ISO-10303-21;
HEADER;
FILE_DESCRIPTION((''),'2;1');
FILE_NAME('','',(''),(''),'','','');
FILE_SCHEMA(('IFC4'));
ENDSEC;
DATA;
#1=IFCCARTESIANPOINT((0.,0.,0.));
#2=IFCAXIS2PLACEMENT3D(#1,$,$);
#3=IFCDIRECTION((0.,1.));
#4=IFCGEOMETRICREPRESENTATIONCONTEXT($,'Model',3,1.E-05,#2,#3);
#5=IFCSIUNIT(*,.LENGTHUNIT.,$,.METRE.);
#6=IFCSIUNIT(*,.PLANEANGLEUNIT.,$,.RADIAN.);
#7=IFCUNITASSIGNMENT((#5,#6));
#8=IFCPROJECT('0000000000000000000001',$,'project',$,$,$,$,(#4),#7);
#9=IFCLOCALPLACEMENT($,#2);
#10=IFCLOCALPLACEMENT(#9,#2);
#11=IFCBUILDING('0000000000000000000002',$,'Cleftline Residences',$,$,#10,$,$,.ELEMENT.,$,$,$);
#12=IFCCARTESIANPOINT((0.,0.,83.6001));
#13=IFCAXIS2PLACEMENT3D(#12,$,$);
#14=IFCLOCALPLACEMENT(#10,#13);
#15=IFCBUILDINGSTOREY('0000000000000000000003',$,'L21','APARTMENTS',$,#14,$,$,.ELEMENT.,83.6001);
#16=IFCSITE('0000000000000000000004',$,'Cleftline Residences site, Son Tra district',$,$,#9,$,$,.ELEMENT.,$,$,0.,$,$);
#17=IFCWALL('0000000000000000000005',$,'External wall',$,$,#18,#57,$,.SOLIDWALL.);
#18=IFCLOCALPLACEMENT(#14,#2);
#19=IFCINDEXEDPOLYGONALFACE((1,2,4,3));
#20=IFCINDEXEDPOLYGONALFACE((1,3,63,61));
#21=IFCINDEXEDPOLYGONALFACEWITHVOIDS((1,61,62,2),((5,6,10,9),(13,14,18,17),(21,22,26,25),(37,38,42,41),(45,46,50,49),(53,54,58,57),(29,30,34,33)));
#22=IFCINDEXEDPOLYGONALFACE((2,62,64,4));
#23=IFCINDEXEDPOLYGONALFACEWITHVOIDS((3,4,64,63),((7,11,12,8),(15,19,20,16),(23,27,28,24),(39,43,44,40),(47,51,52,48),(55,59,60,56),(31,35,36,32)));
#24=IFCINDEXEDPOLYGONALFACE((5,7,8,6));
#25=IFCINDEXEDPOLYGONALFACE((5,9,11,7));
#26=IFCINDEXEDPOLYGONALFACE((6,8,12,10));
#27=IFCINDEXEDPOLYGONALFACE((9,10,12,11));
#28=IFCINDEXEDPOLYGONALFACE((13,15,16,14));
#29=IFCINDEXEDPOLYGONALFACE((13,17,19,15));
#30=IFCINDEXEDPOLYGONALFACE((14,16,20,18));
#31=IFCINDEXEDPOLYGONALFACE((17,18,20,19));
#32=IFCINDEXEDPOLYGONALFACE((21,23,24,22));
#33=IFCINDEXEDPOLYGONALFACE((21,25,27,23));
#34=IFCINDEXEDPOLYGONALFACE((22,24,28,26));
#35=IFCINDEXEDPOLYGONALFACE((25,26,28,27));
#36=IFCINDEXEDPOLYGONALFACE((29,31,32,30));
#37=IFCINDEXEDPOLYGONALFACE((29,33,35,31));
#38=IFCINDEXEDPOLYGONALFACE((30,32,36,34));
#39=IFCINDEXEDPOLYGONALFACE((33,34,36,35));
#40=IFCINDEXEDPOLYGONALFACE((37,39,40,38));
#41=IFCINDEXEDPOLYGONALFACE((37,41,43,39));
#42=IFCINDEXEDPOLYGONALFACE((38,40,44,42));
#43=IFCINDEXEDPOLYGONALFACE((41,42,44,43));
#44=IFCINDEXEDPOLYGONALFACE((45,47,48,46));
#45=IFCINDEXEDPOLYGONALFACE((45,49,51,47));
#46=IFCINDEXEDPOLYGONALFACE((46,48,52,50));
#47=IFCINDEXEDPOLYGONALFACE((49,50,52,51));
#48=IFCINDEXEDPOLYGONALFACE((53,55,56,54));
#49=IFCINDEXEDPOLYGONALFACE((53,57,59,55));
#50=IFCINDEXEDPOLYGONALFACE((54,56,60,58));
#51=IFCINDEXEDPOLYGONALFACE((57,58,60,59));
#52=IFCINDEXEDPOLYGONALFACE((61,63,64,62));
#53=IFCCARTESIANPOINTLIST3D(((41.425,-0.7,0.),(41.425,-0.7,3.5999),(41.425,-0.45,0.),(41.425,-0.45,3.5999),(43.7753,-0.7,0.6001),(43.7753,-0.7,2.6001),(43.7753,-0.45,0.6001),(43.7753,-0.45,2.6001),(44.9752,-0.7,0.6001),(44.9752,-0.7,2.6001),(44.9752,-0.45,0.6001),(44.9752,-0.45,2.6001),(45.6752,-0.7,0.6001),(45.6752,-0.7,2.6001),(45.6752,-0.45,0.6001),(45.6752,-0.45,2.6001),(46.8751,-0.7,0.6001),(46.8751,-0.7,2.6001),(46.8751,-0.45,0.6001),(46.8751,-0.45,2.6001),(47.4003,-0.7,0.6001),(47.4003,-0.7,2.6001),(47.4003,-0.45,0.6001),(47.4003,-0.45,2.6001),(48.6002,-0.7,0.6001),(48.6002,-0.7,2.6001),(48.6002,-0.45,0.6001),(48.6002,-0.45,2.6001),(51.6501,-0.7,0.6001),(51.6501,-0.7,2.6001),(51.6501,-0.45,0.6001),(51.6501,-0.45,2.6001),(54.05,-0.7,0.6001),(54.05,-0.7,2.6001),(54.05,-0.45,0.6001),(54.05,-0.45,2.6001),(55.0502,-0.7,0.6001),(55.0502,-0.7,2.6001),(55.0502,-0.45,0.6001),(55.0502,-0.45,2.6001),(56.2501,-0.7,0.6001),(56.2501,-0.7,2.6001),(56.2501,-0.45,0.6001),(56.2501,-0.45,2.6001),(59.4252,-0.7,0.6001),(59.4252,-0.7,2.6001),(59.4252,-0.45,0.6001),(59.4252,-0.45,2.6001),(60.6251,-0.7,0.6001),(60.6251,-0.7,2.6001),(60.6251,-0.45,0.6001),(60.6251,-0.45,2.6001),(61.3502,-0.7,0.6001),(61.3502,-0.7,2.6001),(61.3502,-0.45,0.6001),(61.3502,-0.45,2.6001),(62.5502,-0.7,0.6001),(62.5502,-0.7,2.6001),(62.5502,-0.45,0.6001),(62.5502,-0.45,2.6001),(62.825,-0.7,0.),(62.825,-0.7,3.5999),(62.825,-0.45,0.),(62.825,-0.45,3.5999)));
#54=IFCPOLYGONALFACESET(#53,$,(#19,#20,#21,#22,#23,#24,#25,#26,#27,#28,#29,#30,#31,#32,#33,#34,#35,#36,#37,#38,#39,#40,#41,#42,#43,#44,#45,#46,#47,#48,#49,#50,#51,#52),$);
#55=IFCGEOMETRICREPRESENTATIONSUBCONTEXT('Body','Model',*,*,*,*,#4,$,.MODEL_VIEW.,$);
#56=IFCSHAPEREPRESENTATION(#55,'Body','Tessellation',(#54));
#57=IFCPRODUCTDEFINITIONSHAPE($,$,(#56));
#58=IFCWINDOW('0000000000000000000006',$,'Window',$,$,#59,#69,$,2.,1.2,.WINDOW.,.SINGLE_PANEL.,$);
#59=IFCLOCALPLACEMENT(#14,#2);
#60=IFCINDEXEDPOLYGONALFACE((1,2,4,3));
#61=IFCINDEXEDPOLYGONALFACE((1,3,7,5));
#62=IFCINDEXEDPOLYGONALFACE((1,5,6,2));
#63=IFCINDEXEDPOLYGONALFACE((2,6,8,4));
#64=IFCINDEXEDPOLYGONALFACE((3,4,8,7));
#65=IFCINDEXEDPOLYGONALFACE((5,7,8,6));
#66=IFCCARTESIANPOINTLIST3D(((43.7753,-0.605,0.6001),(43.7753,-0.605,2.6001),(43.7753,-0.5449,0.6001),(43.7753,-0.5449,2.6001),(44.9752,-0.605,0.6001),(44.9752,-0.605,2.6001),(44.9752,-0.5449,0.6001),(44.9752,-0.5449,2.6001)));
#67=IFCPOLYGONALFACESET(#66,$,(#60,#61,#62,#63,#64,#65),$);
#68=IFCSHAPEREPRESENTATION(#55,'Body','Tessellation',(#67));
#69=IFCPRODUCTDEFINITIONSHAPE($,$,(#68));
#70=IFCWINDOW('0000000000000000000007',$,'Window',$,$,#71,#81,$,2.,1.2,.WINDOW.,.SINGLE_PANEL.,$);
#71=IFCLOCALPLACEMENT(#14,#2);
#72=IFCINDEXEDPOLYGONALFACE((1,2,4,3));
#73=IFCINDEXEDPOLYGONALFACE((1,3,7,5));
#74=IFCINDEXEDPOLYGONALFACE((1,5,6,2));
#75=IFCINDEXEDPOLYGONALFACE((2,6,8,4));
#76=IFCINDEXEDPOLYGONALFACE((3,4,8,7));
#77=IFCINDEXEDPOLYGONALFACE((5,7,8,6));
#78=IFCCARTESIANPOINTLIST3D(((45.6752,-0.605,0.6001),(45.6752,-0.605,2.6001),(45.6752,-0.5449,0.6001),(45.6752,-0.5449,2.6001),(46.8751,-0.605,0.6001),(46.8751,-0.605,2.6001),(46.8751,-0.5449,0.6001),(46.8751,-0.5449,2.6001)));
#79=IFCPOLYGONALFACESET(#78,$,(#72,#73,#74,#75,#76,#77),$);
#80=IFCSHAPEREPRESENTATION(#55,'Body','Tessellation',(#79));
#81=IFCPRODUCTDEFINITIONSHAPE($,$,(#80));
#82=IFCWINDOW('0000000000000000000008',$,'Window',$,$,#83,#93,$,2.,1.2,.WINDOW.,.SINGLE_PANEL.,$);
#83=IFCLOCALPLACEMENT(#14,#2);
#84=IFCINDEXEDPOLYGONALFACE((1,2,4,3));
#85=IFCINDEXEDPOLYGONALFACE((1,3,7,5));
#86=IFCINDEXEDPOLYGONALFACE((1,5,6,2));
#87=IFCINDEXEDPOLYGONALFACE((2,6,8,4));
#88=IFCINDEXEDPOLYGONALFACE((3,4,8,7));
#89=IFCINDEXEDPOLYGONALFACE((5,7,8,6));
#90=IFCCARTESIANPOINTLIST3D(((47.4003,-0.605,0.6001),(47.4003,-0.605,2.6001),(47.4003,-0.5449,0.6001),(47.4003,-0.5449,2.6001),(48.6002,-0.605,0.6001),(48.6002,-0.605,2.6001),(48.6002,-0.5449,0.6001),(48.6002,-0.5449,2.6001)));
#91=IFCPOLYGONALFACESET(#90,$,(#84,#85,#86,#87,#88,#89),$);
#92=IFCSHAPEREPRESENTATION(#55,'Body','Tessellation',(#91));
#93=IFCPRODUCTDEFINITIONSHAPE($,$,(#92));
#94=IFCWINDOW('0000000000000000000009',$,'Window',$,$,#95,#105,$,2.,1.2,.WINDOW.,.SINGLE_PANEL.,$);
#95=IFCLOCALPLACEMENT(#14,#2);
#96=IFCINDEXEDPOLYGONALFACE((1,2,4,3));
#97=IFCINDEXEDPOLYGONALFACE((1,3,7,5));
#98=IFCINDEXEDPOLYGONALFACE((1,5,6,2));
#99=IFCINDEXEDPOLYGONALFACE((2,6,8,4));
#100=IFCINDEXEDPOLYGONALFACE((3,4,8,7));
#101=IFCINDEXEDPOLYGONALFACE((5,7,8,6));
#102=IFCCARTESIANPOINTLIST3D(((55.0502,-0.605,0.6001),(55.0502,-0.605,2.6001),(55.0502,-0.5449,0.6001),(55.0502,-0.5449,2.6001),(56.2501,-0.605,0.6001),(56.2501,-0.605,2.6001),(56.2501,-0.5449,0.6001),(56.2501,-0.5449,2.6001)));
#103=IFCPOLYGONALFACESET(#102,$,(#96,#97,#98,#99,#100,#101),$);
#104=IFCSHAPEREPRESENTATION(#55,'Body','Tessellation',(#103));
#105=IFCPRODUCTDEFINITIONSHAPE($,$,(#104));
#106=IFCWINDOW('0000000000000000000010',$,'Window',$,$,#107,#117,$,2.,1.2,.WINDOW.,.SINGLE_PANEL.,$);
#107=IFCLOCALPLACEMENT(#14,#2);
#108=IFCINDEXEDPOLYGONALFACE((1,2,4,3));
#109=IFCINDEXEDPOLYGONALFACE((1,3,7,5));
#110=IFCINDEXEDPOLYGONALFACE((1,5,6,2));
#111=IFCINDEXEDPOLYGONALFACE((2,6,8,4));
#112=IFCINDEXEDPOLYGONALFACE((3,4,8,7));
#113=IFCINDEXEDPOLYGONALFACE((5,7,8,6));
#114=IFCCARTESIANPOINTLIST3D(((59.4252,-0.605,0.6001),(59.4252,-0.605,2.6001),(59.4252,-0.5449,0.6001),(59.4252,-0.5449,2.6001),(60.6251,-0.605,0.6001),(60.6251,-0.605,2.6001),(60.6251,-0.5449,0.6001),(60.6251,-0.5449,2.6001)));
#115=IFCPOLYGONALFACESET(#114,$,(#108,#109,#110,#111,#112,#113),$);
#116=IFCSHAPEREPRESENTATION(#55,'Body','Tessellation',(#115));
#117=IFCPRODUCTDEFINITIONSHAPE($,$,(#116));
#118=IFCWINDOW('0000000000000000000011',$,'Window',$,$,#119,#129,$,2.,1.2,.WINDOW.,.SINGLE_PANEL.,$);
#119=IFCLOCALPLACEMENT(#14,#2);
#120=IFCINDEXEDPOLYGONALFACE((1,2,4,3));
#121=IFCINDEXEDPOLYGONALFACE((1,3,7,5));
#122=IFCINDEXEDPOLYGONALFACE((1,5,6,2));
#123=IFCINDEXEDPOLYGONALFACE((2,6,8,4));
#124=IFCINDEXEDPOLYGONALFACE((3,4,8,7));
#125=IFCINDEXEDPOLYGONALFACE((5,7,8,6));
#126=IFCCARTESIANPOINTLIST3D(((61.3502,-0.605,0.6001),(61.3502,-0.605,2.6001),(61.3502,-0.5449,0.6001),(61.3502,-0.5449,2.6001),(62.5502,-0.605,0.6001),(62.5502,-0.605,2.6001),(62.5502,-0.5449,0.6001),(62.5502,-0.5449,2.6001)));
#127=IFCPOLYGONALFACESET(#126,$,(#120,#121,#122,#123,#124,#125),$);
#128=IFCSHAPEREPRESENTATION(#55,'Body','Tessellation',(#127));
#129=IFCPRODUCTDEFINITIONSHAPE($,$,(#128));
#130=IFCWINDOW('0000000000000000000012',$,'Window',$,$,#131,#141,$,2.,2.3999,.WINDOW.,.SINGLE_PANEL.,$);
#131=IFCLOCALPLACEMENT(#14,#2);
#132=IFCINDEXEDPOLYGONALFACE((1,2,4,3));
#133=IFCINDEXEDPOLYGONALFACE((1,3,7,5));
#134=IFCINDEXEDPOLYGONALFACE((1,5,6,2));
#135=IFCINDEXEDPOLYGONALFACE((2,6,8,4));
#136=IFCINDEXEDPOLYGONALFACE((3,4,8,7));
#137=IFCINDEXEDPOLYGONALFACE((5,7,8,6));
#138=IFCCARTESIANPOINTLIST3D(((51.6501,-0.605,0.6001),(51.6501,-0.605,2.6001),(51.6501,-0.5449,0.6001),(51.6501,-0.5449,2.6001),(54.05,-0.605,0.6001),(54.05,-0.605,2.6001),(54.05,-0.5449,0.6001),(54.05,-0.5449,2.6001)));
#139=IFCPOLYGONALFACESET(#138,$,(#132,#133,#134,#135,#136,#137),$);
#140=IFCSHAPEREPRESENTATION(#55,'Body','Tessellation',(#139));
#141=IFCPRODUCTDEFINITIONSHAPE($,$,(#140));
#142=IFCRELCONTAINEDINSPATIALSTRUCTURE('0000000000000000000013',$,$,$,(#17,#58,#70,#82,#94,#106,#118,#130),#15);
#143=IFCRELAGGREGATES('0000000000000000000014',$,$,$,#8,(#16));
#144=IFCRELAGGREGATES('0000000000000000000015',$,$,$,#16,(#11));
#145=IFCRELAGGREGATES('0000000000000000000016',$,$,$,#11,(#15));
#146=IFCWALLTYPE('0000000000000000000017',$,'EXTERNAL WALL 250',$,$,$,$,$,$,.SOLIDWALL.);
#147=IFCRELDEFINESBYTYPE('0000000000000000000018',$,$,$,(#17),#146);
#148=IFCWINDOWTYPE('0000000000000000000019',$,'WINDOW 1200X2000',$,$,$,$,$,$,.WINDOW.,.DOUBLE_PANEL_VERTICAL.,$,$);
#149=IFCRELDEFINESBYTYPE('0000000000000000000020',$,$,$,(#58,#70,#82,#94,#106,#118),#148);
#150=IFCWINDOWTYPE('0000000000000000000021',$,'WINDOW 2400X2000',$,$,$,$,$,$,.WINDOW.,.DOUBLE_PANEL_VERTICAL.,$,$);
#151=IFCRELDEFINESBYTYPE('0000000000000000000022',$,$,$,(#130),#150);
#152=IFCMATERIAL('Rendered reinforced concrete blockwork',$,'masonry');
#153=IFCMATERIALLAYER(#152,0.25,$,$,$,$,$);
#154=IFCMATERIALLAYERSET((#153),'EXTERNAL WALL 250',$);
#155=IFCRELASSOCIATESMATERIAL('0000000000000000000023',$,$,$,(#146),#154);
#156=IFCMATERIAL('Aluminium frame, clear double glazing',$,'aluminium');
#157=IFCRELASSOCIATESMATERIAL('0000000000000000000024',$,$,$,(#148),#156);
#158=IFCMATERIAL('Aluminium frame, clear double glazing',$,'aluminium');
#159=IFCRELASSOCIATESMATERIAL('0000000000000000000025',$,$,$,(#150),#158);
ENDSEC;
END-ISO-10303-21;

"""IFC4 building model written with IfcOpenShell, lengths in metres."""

from ifc_helpers import new_model, si_unit, direction, frame, frame_2d, origin, place, context, subcontext, project, spatial, rectangle, extrude, material, layer, layer_set, type_object, element, fill, save


model = new_model("IFC4")

# Units and contexts
model_context = context("Model", 3, precision=1e-05, world=origin(), true_north=direction((0.0, 1.0)))
body_context = subcontext(model_context, "Body", "Model", "MODEL_VIEW")
ifc_project = project(units=[si_unit("LENGTHUNIT", "METRE"), si_unit("PLANEANGLEUNIT", "RADIAN")], contexts=[model_context])

# Site, building, storey
site_placement = place(None, origin())
site = spatial("IfcSite", under=ifc_project, at=site_placement, Name="Cleftline Residences site, Son Tra district", CompositionType="ELEMENT", RefElevation=0.0)
building_placement = place(site_placement, origin())
building = spatial("IfcBuilding", under=site, at=building_placement, Name="Cleftline Residences", CompositionType="ELEMENT")
storey_placement = place(building_placement, frame((0.0, 0.0, 83.6001)))
storey = spatial("IfcBuildingStorey", under=building, at=storey_placement, Name="L21", Description="APARTMENTS", CompositionType="ELEMENT", Elevation=83.6001)

# Wall, openings, windows
ifc_material_1 = material(Name="Rendered reinforced concrete blockwork", Category="masonry")
ifc_layer_1 = layer(ifc_material_1, 0.25)
ifc_layer_set_1 = layer_set([ifc_layer_1], Name="EXTERNAL WALL 250")
wall_type_1 = type_object("IfcWallType", Name="EXTERNAL WALL 250", PredefinedType="SOLIDWALL", material=ifc_layer_set_1)
wall_1_placement = place(storey_placement, frame((41.425, -0.575, 0.0), z_axis=(0.0, 0.0, 1.0), x_axis=(1.0, 0.0, 0.0)))
wall_1 = element("IfcWall", 1, at=wall_1_placement, inside=storey, type_object=wall_type_1, Name="External wall", PredefinedType="SOLIDWALL", context=body_context, shape_type="SweptSolid", body=[
    extrude(rectangle(XDim=21.3999, YDim=0.25, at=frame_2d((10.7, 0.0))), origin(), (0.0, 0.0, 1.0), 3.5999),
])
opening_1_placement = place(wall_1_placement, frame((2.3501, 0.0, 0.6001)))
opening_1 = element("IfcOpeningElement", 2, at=opening_1_placement, cuts=wall_1, PredefinedType="OPENING", context=body_context, shape_type="SweptSolid", body=[
    extrude(rectangle(XDim=1.2, YDim=2.0, at=frame_2d((0.6001, 1.0))), frame((0.0, 0.135, 0.0), z_axis=(0.0, -1.0, 0.0), x_axis=(1.0, 0.0, 0.0)), (0.0, 0.0, 1.0), 0.27),
])
opening_2_placement = place(wall_1_placement, frame((4.25, 0.0, 0.6001)))
opening_2 = element("IfcOpeningElement", 3, at=opening_2_placement, cuts=wall_1, PredefinedType="OPENING", context=body_context, shape_type="SweptSolid", body=[
    extrude(rectangle(XDim=1.2, YDim=2.0, at=frame_2d((0.6001, 1.0))), frame((0.0, 0.135, 0.0), z_axis=(0.0, -1.0, 0.0), x_axis=(1.0, 0.0, 0.0)), (0.0, 0.0, 1.0), 0.27),
])
opening_3_placement = place(wall_1_placement, frame((5.9751, 0.0, 0.6001)))
opening_3 = element("IfcOpeningElement", 4, at=opening_3_placement, cuts=wall_1, PredefinedType="OPENING", context=body_context, shape_type="SweptSolid", body=[
    extrude(rectangle(XDim=1.2, YDim=2.0, at=frame_2d((0.6001, 1.0))), frame((0.0, 0.135, 0.0), z_axis=(0.0, -1.0, 0.0), x_axis=(1.0, 0.0, 0.0)), (0.0, 0.0, 1.0), 0.27),
])
opening_4_placement = place(wall_1_placement, frame((10.2251, 0.0, 0.6001)))
opening_4 = element("IfcOpeningElement", 5, at=opening_4_placement, cuts=wall_1, PredefinedType="OPENING", context=body_context, shape_type="SweptSolid", body=[
    extrude(rectangle(XDim=2.3999, YDim=2.0, at=frame_2d((1.2, 1.0))), frame((0.0, 0.135, 0.0), z_axis=(0.0, -1.0, 0.0), x_axis=(1.0, 0.0, 0.0)), (0.0, 0.0, 1.0), 0.27),
])
opening_5_placement = place(wall_1_placement, frame((13.625, 0.0, 0.6001)))
opening_5 = element("IfcOpeningElement", 6, at=opening_5_placement, cuts=wall_1, PredefinedType="OPENING", context=body_context, shape_type="SweptSolid", body=[
    extrude(rectangle(XDim=1.2, YDim=2.0, at=frame_2d((0.6001, 1.0))), frame((0.0, 0.135, 0.0), z_axis=(0.0, -1.0, 0.0), x_axis=(1.0, 0.0, 0.0)), (0.0, 0.0, 1.0), 0.27),
])
opening_6_placement = place(wall_1_placement, frame((18.0, 0.0, 0.6001)))
opening_6 = element("IfcOpeningElement", 7, at=opening_6_placement, cuts=wall_1, PredefinedType="OPENING", context=body_context, shape_type="SweptSolid", body=[
    extrude(rectangle(XDim=1.2, YDim=2.0, at=frame_2d((0.6001, 1.0))), frame((0.0, 0.135, 0.0), z_axis=(0.0, -1.0, 0.0), x_axis=(1.0, 0.0, 0.0)), (0.0, 0.0, 1.0), 0.27),
])
opening_7_placement = place(wall_1_placement, frame((19.925, 0.0, 0.6001)))
opening_7 = element("IfcOpeningElement", 8, at=opening_7_placement, cuts=wall_1, PredefinedType="OPENING", context=body_context, shape_type="SweptSolid", body=[
    extrude(rectangle(XDim=1.2, YDim=2.0, at=frame_2d((0.6001, 1.0))), frame((0.0, 0.135, 0.0), z_axis=(0.0, -1.0, 0.0), x_axis=(1.0, 0.0, 0.0)), (0.0, 0.0, 1.0), 0.27),
])
ifc_material_2 = material(Name="Aluminium frame, clear double glazing", Category="aluminium")
window_type_1 = type_object("IfcWindowType", Name="WINDOW 1200X2000", PartitioningType="DOUBLE_PANEL_VERTICAL", PredefinedType="WINDOW", material=ifc_material_2)
window_1_placement = place(opening_1_placement, origin())
window_1 = element("IfcWindow", 9, at=window_1_placement, inside=storey, type_object=window_type_1, Name="Window", OverallHeight=2.0, OverallWidth=1.2, PartitioningType="SINGLE_PANEL", PredefinedType="WINDOW", context=body_context, shape_type="SweptSolid", body=[
    extrude(rectangle(XDim=1.2, YDim=2.0, at=frame_2d((0.6001, 1.0))), frame((0.0, 0.03, 0.0), z_axis=(0.0, -1.0, 0.0), x_axis=(1.0, 0.0, 0.0)), (0.0, 0.0, 1.0), 0.0601),
])
fill(opening_1, window_1)
window_2_placement = place(opening_2_placement, origin())
window_2 = element("IfcWindow", 10, at=window_2_placement, inside=storey, type_object=window_type_1, Name="Window", OverallHeight=2.0, OverallWidth=1.2, PartitioningType="SINGLE_PANEL", PredefinedType="WINDOW", context=body_context, shape_type="SweptSolid", body=[
    extrude(rectangle(XDim=1.2, YDim=2.0, at=frame_2d((0.6001, 1.0))), frame((0.0, 0.03, 0.0), z_axis=(0.0, -1.0, 0.0), x_axis=(1.0, 0.0, 0.0)), (0.0, 0.0, 1.0), 0.0601),
])
fill(opening_2, window_2)
window_3_placement = place(opening_3_placement, origin())
window_3 = element("IfcWindow", 11, at=window_3_placement, inside=storey, type_object=window_type_1, Name="Window", OverallHeight=2.0, OverallWidth=1.2, PartitioningType="SINGLE_PANEL", PredefinedType="WINDOW", context=body_context, shape_type="SweptSolid", body=[
    extrude(rectangle(XDim=1.2, YDim=2.0, at=frame_2d((0.6001, 1.0))), frame((0.0, 0.03, 0.0), z_axis=(0.0, -1.0, 0.0), x_axis=(1.0, 0.0, 0.0)), (0.0, 0.0, 1.0), 0.0601),
])
fill(opening_3, window_3)
window_4_placement = place(opening_5_placement, origin())
window_4 = element("IfcWindow", 12, at=window_4_placement, inside=storey, type_object=window_type_1, Name="Window", OverallHeight=2.0, OverallWidth=1.2, PartitioningType="SINGLE_PANEL", PredefinedType="WINDOW", context=body_context, shape_type="SweptSolid", body=[
    extrude(rectangle(XDim=1.2, YDim=2.0, at=frame_2d((0.6001, 1.0))), frame((0.0, 0.03, 0.0), z_axis=(0.0, -1.0, 0.0), x_axis=(1.0, 0.0, 0.0)), (0.0, 0.0, 1.0), 0.0601),
])
fill(opening_5, window_4)
window_5_placement = place(opening_6_placement, origin())
window_5 = element("IfcWindow", 13, at=window_5_placement, inside=storey, type_object=window_type_1, Name="Window", OverallHeight=2.0, OverallWidth=1.2, PartitioningType="SINGLE_PANEL", PredefinedType="WINDOW", context=body_context, shape_type="SweptSolid", body=[
    extrude(rectangle(XDim=1.2, YDim=2.0, at=frame_2d((0.6001, 1.0))), frame((0.0, 0.03, 0.0), z_axis=(0.0, -1.0, 0.0), x_axis=(1.0, 0.0, 0.0)), (0.0, 0.0, 1.0), 0.0601),
])
fill(opening_6, window_5)
window_6_placement = place(opening_7_placement, origin())
window_6 = element("IfcWindow", 14, at=window_6_placement, inside=storey, type_object=window_type_1, Name="Window", OverallHeight=2.0, OverallWidth=1.2, PartitioningType="SINGLE_PANEL", PredefinedType="WINDOW", context=body_context, shape_type="SweptSolid", body=[
    extrude(rectangle(XDim=1.2, YDim=2.0, at=frame_2d((0.6001, 1.0))), frame((0.0, 0.03, 0.0), z_axis=(0.0, -1.0, 0.0), x_axis=(1.0, 0.0, 0.0)), (0.0, 0.0, 1.0), 0.0601),
])
fill(opening_7, window_6)
ifc_material_3 = material(Name="Aluminium frame, clear double glazing", Category="aluminium")
window_type_2 = type_object("IfcWindowType", Name="WINDOW 2400X2000", PartitioningType="DOUBLE_PANEL_VERTICAL", PredefinedType="WINDOW", material=ifc_material_3)
window_7_placement = place(opening_4_placement, origin())
window_7 = element("IfcWindow", 15, at=window_7_placement, inside=storey, type_object=window_type_2, Name="Window", OverallHeight=2.0, OverallWidth=2.3999, PartitioningType="SINGLE_PANEL", PredefinedType="WINDOW", context=body_context, shape_type="SweptSolid", body=[
    extrude(rectangle(XDim=2.3999, YDim=2.0, at=frame_2d((1.2, 1.0))), frame((0.0, 0.03, 0.0), z_axis=(0.0, -1.0, 0.0), x_axis=(1.0, 0.0, 0.0)), (0.0, 0.0, 1.0), 0.0601),
])
fill(opening_4, window_7)

save(model, "model.ifc")
